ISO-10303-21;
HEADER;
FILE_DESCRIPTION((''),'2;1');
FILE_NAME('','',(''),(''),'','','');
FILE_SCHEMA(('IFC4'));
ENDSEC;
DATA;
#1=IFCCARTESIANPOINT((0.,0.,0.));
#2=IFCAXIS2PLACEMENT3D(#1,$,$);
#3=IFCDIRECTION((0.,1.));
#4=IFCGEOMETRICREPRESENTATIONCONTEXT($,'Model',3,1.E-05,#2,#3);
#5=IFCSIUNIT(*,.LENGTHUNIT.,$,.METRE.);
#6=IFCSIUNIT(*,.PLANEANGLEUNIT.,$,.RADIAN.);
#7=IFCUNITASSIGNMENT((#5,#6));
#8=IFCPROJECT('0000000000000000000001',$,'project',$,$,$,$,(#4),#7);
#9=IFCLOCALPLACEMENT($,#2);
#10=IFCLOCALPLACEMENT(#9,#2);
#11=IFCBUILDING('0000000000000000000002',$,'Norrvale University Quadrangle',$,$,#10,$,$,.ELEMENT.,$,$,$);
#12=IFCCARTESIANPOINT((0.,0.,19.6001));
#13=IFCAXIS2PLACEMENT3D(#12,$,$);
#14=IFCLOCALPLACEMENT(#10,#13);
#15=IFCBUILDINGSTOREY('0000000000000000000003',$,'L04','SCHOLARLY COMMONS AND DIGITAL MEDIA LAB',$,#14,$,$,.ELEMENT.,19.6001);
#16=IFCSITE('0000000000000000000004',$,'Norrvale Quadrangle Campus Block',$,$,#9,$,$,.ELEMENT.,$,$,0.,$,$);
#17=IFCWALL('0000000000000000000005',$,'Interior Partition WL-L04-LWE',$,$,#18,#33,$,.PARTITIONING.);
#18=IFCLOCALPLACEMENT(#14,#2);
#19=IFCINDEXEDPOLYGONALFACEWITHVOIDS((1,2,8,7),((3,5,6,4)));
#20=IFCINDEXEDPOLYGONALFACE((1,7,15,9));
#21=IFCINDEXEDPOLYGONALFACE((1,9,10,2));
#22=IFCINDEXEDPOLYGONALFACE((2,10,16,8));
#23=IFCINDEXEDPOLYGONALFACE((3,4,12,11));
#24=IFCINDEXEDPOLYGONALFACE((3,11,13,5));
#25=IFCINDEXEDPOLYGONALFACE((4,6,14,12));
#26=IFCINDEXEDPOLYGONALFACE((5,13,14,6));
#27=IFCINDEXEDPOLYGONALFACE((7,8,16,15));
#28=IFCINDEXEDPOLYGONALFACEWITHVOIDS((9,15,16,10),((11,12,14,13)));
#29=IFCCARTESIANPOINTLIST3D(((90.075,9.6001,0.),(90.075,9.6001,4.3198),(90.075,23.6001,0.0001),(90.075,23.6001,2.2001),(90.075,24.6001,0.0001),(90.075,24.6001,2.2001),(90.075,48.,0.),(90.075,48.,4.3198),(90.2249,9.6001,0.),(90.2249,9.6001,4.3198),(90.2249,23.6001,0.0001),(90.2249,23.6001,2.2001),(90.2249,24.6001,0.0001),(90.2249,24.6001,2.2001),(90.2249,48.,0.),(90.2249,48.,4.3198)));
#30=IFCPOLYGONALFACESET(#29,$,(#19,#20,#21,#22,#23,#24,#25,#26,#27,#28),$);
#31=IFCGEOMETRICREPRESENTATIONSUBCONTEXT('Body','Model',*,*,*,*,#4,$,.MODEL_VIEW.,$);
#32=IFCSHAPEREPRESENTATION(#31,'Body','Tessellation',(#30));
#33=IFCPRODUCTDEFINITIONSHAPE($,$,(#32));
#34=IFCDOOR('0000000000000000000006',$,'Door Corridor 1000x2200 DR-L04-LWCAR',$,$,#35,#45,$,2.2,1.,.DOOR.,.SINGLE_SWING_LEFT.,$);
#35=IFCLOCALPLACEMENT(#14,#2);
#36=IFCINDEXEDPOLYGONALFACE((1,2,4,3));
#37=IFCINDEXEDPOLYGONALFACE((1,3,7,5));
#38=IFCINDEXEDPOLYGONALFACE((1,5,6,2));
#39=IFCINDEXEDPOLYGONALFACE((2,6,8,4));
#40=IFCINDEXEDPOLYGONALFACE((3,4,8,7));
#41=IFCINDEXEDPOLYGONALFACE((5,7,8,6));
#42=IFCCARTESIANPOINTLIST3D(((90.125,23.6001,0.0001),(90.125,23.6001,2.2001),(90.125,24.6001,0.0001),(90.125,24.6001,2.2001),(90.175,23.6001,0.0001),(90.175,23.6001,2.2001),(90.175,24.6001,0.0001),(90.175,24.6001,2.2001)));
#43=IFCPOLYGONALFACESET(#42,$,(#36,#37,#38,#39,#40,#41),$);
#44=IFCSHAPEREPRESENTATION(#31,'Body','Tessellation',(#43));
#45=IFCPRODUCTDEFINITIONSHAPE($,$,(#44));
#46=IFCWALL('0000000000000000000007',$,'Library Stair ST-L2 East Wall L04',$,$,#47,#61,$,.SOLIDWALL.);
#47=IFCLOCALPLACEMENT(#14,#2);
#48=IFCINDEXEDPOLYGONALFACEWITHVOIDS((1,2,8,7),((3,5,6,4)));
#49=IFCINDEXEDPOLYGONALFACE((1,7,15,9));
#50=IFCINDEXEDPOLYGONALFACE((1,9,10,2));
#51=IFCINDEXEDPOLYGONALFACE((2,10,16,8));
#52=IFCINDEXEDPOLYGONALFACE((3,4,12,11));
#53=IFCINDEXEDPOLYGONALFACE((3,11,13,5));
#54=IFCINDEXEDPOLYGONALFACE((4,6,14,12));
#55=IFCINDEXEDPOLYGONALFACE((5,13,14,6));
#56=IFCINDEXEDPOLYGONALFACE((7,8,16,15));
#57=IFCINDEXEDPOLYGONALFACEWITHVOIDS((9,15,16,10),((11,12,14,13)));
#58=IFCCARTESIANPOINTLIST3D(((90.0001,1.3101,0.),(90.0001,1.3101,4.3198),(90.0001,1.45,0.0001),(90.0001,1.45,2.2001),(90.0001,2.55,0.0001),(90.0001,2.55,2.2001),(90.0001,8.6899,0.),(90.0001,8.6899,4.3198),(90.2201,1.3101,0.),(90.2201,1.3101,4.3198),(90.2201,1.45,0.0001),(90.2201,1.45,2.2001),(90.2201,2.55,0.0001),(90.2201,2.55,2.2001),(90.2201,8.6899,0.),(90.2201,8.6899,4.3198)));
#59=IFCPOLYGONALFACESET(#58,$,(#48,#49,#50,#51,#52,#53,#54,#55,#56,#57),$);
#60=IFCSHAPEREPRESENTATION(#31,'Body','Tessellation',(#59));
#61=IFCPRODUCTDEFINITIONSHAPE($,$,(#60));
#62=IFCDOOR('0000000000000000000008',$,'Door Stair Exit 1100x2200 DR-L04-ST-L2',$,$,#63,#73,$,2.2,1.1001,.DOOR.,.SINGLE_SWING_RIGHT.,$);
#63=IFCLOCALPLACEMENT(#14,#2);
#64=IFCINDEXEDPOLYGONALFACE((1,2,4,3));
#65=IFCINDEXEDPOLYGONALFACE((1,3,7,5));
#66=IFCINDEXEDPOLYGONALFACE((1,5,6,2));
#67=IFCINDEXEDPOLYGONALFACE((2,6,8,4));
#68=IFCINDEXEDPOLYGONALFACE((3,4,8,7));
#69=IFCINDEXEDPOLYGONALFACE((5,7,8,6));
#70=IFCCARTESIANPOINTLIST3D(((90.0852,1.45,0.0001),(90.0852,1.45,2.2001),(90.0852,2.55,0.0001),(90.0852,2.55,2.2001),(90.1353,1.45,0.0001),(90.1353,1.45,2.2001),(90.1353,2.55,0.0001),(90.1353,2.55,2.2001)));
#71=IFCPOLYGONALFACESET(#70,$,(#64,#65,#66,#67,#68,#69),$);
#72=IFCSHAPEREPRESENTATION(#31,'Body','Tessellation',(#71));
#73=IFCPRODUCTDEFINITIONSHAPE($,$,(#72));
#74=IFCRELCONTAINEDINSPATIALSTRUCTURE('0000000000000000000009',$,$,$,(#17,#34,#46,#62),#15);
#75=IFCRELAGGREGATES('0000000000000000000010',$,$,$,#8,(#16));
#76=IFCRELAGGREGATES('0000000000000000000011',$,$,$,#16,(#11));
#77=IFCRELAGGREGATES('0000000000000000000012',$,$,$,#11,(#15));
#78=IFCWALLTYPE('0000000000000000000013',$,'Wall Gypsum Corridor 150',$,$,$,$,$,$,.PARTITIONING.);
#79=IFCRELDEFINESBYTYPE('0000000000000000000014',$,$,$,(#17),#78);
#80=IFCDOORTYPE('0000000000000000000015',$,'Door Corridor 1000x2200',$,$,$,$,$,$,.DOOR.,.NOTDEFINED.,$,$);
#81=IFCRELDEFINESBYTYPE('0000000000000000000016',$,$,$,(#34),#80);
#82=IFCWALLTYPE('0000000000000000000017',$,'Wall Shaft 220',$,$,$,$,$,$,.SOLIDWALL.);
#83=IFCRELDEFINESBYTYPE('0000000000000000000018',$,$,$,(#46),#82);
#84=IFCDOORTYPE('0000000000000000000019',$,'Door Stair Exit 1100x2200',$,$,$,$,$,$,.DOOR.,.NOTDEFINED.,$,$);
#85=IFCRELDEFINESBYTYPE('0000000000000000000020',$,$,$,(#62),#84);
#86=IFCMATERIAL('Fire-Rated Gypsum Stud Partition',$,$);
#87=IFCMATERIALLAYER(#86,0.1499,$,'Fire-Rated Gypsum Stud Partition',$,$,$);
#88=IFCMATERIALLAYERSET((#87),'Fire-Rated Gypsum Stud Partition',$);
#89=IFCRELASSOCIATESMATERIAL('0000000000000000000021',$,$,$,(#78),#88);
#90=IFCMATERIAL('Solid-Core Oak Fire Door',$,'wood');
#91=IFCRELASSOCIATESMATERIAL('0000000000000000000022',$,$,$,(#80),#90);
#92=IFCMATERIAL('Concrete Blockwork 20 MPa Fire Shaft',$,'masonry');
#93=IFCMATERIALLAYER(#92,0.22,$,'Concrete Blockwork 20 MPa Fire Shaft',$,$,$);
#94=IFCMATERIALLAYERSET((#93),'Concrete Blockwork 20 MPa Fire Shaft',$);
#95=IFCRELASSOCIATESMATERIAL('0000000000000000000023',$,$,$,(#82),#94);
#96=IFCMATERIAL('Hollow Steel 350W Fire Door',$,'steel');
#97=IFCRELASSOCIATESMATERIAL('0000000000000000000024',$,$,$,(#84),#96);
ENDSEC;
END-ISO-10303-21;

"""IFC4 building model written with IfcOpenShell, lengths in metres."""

from ifc_helpers import new_model, si_unit, direction, frame, frame_2d, origin, place, context, subcontext, project, spatial, rectangle, extrude, material, layer, layer_set, type_object, element, fill, save


model = new_model("IFC4")

# Units and contexts
model_context = context("Model", 3, precision=1e-05, world=origin(), true_north=direction((0.0, 1.0)))
body_context = subcontext(model_context, "Body", "Model", "MODEL_VIEW")
ifc_project = project(units=[si_unit("LENGTHUNIT", "METRE"), si_unit("PLANEANGLEUNIT", "RADIAN")], contexts=[model_context])

# Site, building, storey
site_placement = place(None, origin())
site = spatial("IfcSite", under=ifc_project, at=site_placement, Name="Norrvale Quadrangle Campus Block", CompositionType="ELEMENT", RefElevation=0.0)
building_placement = place(site_placement, origin())
building = spatial("IfcBuilding", under=site, at=building_placement, Name="Norrvale University Quadrangle", CompositionType="ELEMENT")
storey_placement = place(building_placement, frame((0.0, 0.0, 19.6001)))
storey = spatial("IfcBuildingStorey", under=building, at=storey_placement, Name="L04", Description="SCHOLARLY COMMONS AND DIGITAL MEDIA LAB", CompositionType="ELEMENT", Elevation=19.6001)

# Walls, openings, doors
ifc_material_1 = material(Name="Fire-Rated Gypsum Stud Partition")
ifc_layer_1 = layer(ifc_material_1, 0.1499, Name="Fire-Rated Gypsum Stud Partition")
ifc_layer_set_1 = layer_set([ifc_layer_1], Name="Fire-Rated Gypsum Stud Partition")
wall_type_1 = type_object("IfcWallType", Name="Wall Gypsum Corridor 150", PredefinedType="PARTITIONING", material=ifc_layer_set_1)
wall_1_placement = place(storey_placement, frame((90.1499, 9.6001, 0.0), z_axis=(0.0, 0.0, 1.0), x_axis=(0.0, 1.0, 0.0)))
wall_1 = element("IfcWall", 1, at=wall_1_placement, inside=storey, type_object=wall_type_1, Name="Interior Partition WL-L04-LWE", PredefinedType="PARTITIONING", context=body_context, shape_type="SweptSolid", body=[
    extrude(rectangle(XDim=38.3999, YDim=0.1499, at=frame_2d((19.2, 0.0))), origin(), (0.0, 0.0, 1.0), 4.3198),
])
opening_1_placement = place(wall_1_placement, frame((14.0, 0.0, 0.0)))
opening_1 = element("IfcOpeningElement", 2, at=opening_1_placement, cuts=wall_1, PredefinedType="OPENING", context=body_context, shape_type="SweptSolid", body=[
    extrude(rectangle(XDim=1.0, YDim=2.2, at=frame_2d((0.5, 1.1001))), frame((0.0, 0.0869, 0.0), z_axis=(0.0, -1.0, 0.0), x_axis=(1.0, 0.0, 0.0)), (0.0, 0.0, 1.0), 0.1738),
])
ifc_material_2 = material(Name="Solid-Core Oak Fire Door", Category="wood")
door_type_1 = type_object("IfcDoorType", Name="Door Corridor 1000x2200", OperationType="NOTDEFINED", PredefinedType="DOOR", material=ifc_material_2)
door_1_placement = place(opening_1_placement, origin())
door_1 = element("IfcDoor", 3, at=door_1_placement, inside=storey, type_object=door_type_1, Name="Door Corridor 1000x2200 DR-L04-LWCAR", OperationType="SINGLE_SWING_LEFT", OverallHeight=2.2, OverallWidth=1.0, PredefinedType="DOOR", context=body_context, shape_type="SweptSolid", body=[
    extrude(rectangle(XDim=1.0, YDim=2.2, at=frame_2d((0.5, 1.1001))), frame((0.0, 0.0249, 0.0), z_axis=(0.0, -1.0, 0.0), x_axis=(1.0, 0.0, 0.0)), (0.0, 0.0, 1.0), 0.05),
])
fill(opening_1, door_1)
ifc_material_3 = material(Name="Concrete Blockwork 20 MPa Fire Shaft", Category="masonry")
ifc_layer_2 = layer(ifc_material_3, 0.22, Name="Concrete Blockwork 20 MPa Fire Shaft")
ifc_layer_set_2 = layer_set([ifc_layer_2], Name="Concrete Blockwork 20 MPa Fire Shaft")
wall_type_2 = type_object("IfcWallType", Name="Wall Shaft 220", PredefinedType="SOLIDWALL", material=ifc_layer_set_2)
wall_2_placement = place(storey_placement, frame((90.1101, 1.3101, 0.0), z_axis=(0.0, 0.0, 1.0), x_axis=(0.0, 1.0, 0.0)))
wall_2 = element("IfcWall", 4, at=wall_2_placement, inside=storey, type_object=wall_type_2, Name="Library Stair ST-L2 East Wall L04", PredefinedType="SOLIDWALL", context=body_context, shape_type="SweptSolid", body=[
    extrude(rectangle(XDim=7.3799, YDim=0.22, at=frame_2d((3.6899, 0.0))), origin(), (0.0, 0.0, 1.0), 4.3198),
])
opening_2_placement = place(wall_2_placement, frame((0.1399, 0.0, 0.0)))
opening_2 = element("IfcOpeningElement", 5, at=opening_2_placement, cuts=wall_2, PredefinedType="OPENING", context=body_context, shape_type="SweptSolid", body=[
    extrude(rectangle(XDim=1.1001, YDim=2.2, at=frame_2d((0.55, 1.1001))), frame((0.0, 0.1221, 0.0), z_axis=(0.0, -1.0, 0.0), x_axis=(1.0, 0.0, 0.0)), (0.0, 0.0, 1.0), 0.2439),
])
ifc_material_4 = material(Name="Hollow Steel 350W Fire Door", Category="steel")
door_type_2 = type_object("IfcDoorType", Name="Door Stair Exit 1100x2200", OperationType="NOTDEFINED", PredefinedType="DOOR", material=ifc_material_4)
door_2_placement = place(opening_2_placement, origin())
door_2 = element("IfcDoor", 6, at=door_2_placement, inside=storey, type_object=door_type_2, Name="Door Stair Exit 1100x2200 DR-L04-ST-L2", OperationType="SINGLE_SWING_RIGHT", OverallHeight=2.2, OverallWidth=1.1001, PredefinedType="DOOR", context=body_context, shape_type="SweptSolid", body=[
    extrude(rectangle(XDim=1.1001, YDim=2.2, at=frame_2d((0.55, 1.1001))), frame((0.0, 0.0249, 0.0), z_axis=(0.0, -1.0, 0.0), x_axis=(1.0, 0.0, 0.0)), (0.0, 0.0, 1.0), 0.05),
])
fill(opening_2, door_2)

save(model, "model.ifc")
